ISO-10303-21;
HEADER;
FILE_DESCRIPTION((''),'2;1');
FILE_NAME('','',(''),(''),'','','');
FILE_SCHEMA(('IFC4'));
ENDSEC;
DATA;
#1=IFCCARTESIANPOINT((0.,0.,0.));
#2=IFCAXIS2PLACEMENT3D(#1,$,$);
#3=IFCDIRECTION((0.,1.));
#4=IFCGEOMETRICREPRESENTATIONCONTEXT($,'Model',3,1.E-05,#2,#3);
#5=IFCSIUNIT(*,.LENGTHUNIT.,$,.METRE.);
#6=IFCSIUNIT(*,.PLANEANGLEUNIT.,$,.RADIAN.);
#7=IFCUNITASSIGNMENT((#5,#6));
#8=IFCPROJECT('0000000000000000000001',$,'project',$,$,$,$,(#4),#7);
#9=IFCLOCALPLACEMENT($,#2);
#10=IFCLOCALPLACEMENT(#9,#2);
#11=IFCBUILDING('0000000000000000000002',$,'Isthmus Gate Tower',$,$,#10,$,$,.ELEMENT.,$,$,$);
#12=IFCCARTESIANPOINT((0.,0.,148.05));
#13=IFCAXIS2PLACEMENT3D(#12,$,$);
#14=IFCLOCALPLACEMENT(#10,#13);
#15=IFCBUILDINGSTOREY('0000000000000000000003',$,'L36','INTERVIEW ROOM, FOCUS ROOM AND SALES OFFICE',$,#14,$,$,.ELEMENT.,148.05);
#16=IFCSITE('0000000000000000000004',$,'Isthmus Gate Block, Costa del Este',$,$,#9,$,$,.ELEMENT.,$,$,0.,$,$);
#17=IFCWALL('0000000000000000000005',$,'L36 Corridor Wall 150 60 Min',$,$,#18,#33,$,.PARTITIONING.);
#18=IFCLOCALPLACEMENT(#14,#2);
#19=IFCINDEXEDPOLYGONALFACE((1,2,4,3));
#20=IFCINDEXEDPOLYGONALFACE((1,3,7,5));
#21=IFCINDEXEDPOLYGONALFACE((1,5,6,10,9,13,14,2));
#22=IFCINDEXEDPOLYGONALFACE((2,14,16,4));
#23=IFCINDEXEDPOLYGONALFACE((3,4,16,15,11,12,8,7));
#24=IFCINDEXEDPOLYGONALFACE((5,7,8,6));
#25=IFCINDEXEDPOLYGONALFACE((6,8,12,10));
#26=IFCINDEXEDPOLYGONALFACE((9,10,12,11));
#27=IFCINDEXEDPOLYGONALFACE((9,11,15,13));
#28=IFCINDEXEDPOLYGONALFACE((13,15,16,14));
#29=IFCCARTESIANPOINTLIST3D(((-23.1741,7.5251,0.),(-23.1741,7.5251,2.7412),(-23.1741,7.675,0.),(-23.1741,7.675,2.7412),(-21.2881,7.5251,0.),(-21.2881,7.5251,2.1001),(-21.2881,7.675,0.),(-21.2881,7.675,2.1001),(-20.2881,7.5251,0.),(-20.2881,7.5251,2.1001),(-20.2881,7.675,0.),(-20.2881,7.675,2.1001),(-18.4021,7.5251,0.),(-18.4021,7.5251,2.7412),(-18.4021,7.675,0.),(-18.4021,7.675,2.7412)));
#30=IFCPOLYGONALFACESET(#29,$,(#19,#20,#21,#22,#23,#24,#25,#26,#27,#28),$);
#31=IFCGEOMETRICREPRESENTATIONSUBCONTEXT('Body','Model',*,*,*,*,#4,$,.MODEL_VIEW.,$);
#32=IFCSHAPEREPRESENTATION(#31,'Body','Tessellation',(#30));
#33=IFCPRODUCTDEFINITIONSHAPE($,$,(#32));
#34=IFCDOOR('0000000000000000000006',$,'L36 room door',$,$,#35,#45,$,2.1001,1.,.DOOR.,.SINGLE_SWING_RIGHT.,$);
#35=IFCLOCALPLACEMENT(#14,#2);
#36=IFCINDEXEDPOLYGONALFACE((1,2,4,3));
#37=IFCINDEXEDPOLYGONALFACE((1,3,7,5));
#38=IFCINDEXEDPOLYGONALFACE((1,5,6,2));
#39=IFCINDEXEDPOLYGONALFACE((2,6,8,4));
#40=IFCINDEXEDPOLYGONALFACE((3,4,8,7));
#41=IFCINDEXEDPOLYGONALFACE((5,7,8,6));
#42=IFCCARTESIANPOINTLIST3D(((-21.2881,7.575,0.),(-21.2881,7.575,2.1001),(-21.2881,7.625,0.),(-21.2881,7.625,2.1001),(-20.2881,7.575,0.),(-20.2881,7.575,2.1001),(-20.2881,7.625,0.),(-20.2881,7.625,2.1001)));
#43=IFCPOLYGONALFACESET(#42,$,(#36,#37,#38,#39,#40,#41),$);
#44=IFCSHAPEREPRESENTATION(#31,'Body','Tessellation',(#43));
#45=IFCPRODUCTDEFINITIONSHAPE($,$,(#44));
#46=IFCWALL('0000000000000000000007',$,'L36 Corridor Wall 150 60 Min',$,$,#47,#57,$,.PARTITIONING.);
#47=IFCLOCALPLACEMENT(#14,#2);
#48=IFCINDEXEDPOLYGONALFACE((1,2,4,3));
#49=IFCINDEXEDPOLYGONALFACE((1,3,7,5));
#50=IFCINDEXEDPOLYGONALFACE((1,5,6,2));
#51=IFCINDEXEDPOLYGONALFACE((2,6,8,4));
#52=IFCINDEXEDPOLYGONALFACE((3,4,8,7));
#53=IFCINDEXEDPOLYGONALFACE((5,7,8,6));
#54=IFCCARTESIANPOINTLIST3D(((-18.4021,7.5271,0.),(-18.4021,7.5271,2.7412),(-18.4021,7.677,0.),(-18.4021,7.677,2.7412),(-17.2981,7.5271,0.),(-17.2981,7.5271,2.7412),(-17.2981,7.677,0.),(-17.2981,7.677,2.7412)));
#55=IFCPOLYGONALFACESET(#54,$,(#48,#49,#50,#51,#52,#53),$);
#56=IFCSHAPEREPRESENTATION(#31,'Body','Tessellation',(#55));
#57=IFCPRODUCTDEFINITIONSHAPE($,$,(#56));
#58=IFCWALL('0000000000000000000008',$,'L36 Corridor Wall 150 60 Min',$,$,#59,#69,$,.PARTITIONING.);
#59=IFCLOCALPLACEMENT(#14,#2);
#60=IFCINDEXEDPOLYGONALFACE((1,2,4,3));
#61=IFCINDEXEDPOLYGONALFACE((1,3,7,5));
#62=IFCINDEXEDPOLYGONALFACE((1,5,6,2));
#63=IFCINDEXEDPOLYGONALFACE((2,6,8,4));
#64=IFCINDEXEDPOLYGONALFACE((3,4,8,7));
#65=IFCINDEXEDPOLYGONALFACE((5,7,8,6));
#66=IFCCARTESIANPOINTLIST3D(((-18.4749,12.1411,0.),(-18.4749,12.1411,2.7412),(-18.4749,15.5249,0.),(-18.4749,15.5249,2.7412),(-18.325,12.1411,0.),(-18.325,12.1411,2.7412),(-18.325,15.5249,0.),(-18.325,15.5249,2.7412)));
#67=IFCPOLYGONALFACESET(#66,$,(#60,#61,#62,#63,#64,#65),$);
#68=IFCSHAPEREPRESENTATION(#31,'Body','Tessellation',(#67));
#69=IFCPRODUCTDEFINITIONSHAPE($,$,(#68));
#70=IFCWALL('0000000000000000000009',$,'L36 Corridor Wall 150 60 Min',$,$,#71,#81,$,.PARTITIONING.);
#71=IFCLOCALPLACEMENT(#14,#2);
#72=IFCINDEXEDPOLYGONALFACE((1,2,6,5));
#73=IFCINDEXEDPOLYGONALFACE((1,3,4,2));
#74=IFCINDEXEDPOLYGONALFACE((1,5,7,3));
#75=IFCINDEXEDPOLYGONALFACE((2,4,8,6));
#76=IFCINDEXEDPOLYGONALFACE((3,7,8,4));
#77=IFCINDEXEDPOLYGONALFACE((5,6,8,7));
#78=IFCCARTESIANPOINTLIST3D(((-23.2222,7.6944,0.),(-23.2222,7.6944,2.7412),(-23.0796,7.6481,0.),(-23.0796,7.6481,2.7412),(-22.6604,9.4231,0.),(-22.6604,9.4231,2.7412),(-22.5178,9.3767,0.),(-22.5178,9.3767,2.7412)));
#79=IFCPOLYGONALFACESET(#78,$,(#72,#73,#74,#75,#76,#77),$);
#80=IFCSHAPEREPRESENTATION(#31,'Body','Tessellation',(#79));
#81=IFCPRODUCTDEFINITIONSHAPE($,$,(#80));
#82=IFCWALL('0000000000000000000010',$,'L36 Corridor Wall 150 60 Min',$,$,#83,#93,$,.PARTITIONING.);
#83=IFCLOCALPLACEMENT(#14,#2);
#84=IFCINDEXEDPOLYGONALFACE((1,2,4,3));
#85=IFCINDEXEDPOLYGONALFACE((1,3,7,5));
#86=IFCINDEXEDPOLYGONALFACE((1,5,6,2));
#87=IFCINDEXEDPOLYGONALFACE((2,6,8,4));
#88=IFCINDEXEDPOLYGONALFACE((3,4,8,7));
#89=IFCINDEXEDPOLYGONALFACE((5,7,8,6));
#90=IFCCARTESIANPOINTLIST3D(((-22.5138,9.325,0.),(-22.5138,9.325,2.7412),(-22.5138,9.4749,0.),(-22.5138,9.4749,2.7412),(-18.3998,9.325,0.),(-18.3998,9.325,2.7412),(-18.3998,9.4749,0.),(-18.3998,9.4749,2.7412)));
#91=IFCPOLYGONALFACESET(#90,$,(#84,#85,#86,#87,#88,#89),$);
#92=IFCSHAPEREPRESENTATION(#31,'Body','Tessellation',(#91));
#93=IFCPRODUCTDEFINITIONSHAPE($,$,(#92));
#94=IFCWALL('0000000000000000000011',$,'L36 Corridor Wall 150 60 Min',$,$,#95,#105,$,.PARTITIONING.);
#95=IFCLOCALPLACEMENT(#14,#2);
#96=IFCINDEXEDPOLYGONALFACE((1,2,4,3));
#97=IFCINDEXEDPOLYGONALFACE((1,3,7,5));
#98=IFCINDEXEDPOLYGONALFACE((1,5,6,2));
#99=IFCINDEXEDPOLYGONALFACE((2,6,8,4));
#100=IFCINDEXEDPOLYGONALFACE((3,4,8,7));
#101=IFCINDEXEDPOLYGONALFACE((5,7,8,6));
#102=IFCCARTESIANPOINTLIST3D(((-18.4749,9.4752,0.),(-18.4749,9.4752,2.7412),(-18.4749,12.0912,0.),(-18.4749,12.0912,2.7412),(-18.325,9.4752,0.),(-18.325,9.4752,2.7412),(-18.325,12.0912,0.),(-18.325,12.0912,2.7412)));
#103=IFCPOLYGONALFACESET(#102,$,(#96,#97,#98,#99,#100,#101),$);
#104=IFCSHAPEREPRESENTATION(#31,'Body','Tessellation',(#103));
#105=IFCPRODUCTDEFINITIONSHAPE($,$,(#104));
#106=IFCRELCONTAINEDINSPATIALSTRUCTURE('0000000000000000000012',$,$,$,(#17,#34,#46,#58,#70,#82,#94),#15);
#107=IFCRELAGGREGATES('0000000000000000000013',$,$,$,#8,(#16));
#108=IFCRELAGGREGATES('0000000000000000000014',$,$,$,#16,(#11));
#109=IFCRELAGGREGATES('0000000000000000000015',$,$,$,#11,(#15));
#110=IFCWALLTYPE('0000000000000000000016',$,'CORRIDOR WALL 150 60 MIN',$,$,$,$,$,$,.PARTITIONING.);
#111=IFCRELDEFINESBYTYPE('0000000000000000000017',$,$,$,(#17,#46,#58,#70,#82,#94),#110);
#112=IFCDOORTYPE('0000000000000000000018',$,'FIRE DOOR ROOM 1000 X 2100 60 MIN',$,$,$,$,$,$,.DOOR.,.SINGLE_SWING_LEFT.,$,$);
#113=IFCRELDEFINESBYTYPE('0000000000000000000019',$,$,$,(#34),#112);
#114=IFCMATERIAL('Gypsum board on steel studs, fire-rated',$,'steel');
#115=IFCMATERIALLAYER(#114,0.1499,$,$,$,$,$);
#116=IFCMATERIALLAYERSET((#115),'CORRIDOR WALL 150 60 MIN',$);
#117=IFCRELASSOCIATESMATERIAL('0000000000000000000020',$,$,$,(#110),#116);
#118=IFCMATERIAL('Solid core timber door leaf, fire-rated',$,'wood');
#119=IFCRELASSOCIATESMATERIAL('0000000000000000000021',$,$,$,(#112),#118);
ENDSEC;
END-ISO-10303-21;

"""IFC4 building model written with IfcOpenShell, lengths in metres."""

from ifc_helpers import new_model, si_unit, direction, frame, frame_2d, origin, place, context, subcontext, project, spatial, rectangle, extrude, material, layer, layer_set, type_object, element, fill, save


model = new_model("IFC4")

# Units and contexts
model_context = context("Model", 3, precision=1e-05, world=origin(), true_north=direction((0.0, 1.0)))
body_context = subcontext(model_context, "Body", "Model", "MODEL_VIEW")
ifc_project = project(units=[si_unit("LENGTHUNIT", "METRE"), si_unit("PLANEANGLEUNIT", "RADIAN")], contexts=[model_context])

# Site, building, storey
site_placement = place(None, origin())
site = spatial("IfcSite", under=ifc_project, at=site_placement, Name="Isthmus Gate Block, Costa del Este", CompositionType="ELEMENT", RefElevation=0.0)
building_placement = place(site_placement, origin())
building = spatial("IfcBuilding", under=site, at=building_placement, Name="Isthmus Gate Tower", CompositionType="ELEMENT")
storey_placement = place(building_placement, frame((0.0, 0.0, 148.05)))
storey = spatial("IfcBuildingStorey", under=building, at=storey_placement, Name="L36", Description="INTERVIEW ROOM, FOCUS ROOM AND SALES OFFICE", CompositionType="ELEMENT", Elevation=148.05)

# Wall, opening, door
ifc_material_1 = material(Name="Gypsum board on steel studs, fire-rated", Category="steel")
ifc_layer_1 = layer(ifc_material_1, 0.1499)
ifc_layer_set_1 = layer_set([ifc_layer_1], Name="CORRIDOR WALL 150 60 MIN")
wall_type_1 = type_object("IfcWallType", Name="CORRIDOR WALL 150 60 MIN", PredefinedType="PARTITIONING", material=ifc_layer_set_1)
wall_1_placement = place(storey_placement, frame((-23.1741, 7.6001, 0.0), z_axis=(0.0, 0.0, 1.0), x_axis=(1.0, 0.0, 0.0)))
wall_1 = element("IfcWall", 1, at=wall_1_placement, inside=storey, type_object=wall_type_1, Name="L36 Corridor Wall 150 60 Min", PredefinedType="PARTITIONING", context=body_context, shape_type="SweptSolid", body=[
    extrude(rectangle(XDim=4.772, YDim=0.1499, at=frame_2d((2.386, 0.0))), origin(), (0.0, 0.0, 1.0), 2.7412),
])
opening_1_placement = place(wall_1_placement, frame((1.886, 0.0, 0.0)))
opening_1 = element("IfcOpeningElement", 2, at=opening_1_placement, cuts=wall_1, PredefinedType="OPENING", context=body_context, shape_type="SweptSolid", body=[
    extrude(rectangle(XDim=1.0, YDim=2.1001, at=frame_2d((0.5, 1.05))), frame((0.0, 0.085, 0.0), z_axis=(0.0, -1.0, 0.0), x_axis=(1.0, 0.0, 0.0)), (0.0, 0.0, 1.0), 0.1699),
])
ifc_material_2 = material(Name="Solid core timber door leaf, fire-rated", Category="wood")
door_type_1 = type_object("IfcDoorType", Name="FIRE DOOR ROOM 1000 X 2100 60 MIN", OperationType="SINGLE_SWING_LEFT", PredefinedType="DOOR", material=ifc_material_2)
door_1_placement = place(opening_1_placement, origin())
door_1 = element("IfcDoor", 3, at=door_1_placement, inside=storey, type_object=door_type_1, Name="L36 room door", OperationType="SINGLE_SWING_RIGHT", OverallHeight=2.1001, OverallWidth=1.0, PredefinedType="DOOR", context=body_context, shape_type="SweptSolid", body=[
    extrude(rectangle(XDim=1.0, YDim=2.1001, at=frame_2d((0.5, 1.05))), frame((0.0, 0.0249, 0.0), z_axis=(0.0, -1.0, 0.0), x_axis=(1.0, 0.0, 0.0)), (0.0, 0.0, 1.0), 0.05),
])
fill(opening_1, door_1)

# Walls
wall_2_placement = place(storey_placement, frame((-17.2981, 7.6021, 0.0), z_axis=(0.0, 0.0, 1.0), x_axis=(-1.0, 0.0, 0.0)))
element("IfcWall", 4, at=wall_2_placement, inside=storey, type_object=wall_type_1, Name="L36 Corridor Wall 150 60 Min", PredefinedType="PARTITIONING", context=body_context, shape_type="SweptSolid", body=[
    extrude(rectangle(XDim=1.104, YDim=0.1499, at=frame_2d((0.552, 0.0))), origin(), (0.0, 0.0, 1.0), 2.7412),
])
wall_3_placement = place(storey_placement, frame((-18.3999, 12.1411, 0.0), z_axis=(0.0, 0.0, 1.0), x_axis=(0.0, 1.0, 0.0)))
element("IfcWall", 5, at=wall_3_placement, inside=storey, type_object=wall_type_1, Name="L36 Corridor Wall 150 60 Min", PredefinedType="PARTITIONING", context=body_context, shape_type="SweptSolid", body=[
    extrude(rectangle(XDim=3.3838, YDim=0.1499, at=frame_2d((1.6919, 0.0))), origin(), (0.0, 0.0, 1.0), 2.7412),
])
wall_4_placement = place(storey_placement, frame((-23.1509, 7.6714, 0.0), z_axis=(0.0, 0.0, 1.0), x_axis=(0.309086, 0.951034, 0.0)))
element("IfcWall", 6, at=wall_4_placement, inside=storey, type_object=wall_type_1, Name="L36 Corridor Wall 150 60 Min", PredefinedType="PARTITIONING", context=body_context, shape_type="SweptSolid", body=[
    extrude(rectangle(XDim=1.8176, YDim=0.1499, at=frame_2d((0.9087, 0.0))), origin(), (0.0, 0.0, 1.0), 2.7412),
])
wall_5_placement = place(storey_placement, frame((-22.5139, 9.3999, 0.0), z_axis=(0.0, 0.0, 1.0), x_axis=(1.0, 0.0, 0.0)))
element("IfcWall", 7, at=wall_5_placement, inside=storey, type_object=wall_type_1, Name="L36 Corridor Wall 150 60 Min", PredefinedType="PARTITIONING", context=body_context, shape_type="SweptSolid", body=[
    extrude(rectangle(XDim=4.114, YDim=0.1499, at=frame_2d((2.0571, 0.0))), origin(), (0.0, 0.0, 1.0), 2.7412),
])
wall_6_placement = place(storey_placement, frame((-18.3999, 9.4751, 0.0), z_axis=(0.0, 0.0, 1.0), x_axis=(0.0, 1.0, 0.0)))
element("IfcWall", 8, at=wall_6_placement, inside=storey, type_object=wall_type_1, Name="L36 Corridor Wall 150 60 Min", PredefinedType="PARTITIONING", context=body_context, shape_type="SweptSolid", body=[
    extrude(rectangle(XDim=2.616, YDim=0.1499, at=frame_2d((1.3081, 0.0))), origin(), (0.0, 0.0, 1.0), 2.7412),
])

save(model, "model.ifc")
